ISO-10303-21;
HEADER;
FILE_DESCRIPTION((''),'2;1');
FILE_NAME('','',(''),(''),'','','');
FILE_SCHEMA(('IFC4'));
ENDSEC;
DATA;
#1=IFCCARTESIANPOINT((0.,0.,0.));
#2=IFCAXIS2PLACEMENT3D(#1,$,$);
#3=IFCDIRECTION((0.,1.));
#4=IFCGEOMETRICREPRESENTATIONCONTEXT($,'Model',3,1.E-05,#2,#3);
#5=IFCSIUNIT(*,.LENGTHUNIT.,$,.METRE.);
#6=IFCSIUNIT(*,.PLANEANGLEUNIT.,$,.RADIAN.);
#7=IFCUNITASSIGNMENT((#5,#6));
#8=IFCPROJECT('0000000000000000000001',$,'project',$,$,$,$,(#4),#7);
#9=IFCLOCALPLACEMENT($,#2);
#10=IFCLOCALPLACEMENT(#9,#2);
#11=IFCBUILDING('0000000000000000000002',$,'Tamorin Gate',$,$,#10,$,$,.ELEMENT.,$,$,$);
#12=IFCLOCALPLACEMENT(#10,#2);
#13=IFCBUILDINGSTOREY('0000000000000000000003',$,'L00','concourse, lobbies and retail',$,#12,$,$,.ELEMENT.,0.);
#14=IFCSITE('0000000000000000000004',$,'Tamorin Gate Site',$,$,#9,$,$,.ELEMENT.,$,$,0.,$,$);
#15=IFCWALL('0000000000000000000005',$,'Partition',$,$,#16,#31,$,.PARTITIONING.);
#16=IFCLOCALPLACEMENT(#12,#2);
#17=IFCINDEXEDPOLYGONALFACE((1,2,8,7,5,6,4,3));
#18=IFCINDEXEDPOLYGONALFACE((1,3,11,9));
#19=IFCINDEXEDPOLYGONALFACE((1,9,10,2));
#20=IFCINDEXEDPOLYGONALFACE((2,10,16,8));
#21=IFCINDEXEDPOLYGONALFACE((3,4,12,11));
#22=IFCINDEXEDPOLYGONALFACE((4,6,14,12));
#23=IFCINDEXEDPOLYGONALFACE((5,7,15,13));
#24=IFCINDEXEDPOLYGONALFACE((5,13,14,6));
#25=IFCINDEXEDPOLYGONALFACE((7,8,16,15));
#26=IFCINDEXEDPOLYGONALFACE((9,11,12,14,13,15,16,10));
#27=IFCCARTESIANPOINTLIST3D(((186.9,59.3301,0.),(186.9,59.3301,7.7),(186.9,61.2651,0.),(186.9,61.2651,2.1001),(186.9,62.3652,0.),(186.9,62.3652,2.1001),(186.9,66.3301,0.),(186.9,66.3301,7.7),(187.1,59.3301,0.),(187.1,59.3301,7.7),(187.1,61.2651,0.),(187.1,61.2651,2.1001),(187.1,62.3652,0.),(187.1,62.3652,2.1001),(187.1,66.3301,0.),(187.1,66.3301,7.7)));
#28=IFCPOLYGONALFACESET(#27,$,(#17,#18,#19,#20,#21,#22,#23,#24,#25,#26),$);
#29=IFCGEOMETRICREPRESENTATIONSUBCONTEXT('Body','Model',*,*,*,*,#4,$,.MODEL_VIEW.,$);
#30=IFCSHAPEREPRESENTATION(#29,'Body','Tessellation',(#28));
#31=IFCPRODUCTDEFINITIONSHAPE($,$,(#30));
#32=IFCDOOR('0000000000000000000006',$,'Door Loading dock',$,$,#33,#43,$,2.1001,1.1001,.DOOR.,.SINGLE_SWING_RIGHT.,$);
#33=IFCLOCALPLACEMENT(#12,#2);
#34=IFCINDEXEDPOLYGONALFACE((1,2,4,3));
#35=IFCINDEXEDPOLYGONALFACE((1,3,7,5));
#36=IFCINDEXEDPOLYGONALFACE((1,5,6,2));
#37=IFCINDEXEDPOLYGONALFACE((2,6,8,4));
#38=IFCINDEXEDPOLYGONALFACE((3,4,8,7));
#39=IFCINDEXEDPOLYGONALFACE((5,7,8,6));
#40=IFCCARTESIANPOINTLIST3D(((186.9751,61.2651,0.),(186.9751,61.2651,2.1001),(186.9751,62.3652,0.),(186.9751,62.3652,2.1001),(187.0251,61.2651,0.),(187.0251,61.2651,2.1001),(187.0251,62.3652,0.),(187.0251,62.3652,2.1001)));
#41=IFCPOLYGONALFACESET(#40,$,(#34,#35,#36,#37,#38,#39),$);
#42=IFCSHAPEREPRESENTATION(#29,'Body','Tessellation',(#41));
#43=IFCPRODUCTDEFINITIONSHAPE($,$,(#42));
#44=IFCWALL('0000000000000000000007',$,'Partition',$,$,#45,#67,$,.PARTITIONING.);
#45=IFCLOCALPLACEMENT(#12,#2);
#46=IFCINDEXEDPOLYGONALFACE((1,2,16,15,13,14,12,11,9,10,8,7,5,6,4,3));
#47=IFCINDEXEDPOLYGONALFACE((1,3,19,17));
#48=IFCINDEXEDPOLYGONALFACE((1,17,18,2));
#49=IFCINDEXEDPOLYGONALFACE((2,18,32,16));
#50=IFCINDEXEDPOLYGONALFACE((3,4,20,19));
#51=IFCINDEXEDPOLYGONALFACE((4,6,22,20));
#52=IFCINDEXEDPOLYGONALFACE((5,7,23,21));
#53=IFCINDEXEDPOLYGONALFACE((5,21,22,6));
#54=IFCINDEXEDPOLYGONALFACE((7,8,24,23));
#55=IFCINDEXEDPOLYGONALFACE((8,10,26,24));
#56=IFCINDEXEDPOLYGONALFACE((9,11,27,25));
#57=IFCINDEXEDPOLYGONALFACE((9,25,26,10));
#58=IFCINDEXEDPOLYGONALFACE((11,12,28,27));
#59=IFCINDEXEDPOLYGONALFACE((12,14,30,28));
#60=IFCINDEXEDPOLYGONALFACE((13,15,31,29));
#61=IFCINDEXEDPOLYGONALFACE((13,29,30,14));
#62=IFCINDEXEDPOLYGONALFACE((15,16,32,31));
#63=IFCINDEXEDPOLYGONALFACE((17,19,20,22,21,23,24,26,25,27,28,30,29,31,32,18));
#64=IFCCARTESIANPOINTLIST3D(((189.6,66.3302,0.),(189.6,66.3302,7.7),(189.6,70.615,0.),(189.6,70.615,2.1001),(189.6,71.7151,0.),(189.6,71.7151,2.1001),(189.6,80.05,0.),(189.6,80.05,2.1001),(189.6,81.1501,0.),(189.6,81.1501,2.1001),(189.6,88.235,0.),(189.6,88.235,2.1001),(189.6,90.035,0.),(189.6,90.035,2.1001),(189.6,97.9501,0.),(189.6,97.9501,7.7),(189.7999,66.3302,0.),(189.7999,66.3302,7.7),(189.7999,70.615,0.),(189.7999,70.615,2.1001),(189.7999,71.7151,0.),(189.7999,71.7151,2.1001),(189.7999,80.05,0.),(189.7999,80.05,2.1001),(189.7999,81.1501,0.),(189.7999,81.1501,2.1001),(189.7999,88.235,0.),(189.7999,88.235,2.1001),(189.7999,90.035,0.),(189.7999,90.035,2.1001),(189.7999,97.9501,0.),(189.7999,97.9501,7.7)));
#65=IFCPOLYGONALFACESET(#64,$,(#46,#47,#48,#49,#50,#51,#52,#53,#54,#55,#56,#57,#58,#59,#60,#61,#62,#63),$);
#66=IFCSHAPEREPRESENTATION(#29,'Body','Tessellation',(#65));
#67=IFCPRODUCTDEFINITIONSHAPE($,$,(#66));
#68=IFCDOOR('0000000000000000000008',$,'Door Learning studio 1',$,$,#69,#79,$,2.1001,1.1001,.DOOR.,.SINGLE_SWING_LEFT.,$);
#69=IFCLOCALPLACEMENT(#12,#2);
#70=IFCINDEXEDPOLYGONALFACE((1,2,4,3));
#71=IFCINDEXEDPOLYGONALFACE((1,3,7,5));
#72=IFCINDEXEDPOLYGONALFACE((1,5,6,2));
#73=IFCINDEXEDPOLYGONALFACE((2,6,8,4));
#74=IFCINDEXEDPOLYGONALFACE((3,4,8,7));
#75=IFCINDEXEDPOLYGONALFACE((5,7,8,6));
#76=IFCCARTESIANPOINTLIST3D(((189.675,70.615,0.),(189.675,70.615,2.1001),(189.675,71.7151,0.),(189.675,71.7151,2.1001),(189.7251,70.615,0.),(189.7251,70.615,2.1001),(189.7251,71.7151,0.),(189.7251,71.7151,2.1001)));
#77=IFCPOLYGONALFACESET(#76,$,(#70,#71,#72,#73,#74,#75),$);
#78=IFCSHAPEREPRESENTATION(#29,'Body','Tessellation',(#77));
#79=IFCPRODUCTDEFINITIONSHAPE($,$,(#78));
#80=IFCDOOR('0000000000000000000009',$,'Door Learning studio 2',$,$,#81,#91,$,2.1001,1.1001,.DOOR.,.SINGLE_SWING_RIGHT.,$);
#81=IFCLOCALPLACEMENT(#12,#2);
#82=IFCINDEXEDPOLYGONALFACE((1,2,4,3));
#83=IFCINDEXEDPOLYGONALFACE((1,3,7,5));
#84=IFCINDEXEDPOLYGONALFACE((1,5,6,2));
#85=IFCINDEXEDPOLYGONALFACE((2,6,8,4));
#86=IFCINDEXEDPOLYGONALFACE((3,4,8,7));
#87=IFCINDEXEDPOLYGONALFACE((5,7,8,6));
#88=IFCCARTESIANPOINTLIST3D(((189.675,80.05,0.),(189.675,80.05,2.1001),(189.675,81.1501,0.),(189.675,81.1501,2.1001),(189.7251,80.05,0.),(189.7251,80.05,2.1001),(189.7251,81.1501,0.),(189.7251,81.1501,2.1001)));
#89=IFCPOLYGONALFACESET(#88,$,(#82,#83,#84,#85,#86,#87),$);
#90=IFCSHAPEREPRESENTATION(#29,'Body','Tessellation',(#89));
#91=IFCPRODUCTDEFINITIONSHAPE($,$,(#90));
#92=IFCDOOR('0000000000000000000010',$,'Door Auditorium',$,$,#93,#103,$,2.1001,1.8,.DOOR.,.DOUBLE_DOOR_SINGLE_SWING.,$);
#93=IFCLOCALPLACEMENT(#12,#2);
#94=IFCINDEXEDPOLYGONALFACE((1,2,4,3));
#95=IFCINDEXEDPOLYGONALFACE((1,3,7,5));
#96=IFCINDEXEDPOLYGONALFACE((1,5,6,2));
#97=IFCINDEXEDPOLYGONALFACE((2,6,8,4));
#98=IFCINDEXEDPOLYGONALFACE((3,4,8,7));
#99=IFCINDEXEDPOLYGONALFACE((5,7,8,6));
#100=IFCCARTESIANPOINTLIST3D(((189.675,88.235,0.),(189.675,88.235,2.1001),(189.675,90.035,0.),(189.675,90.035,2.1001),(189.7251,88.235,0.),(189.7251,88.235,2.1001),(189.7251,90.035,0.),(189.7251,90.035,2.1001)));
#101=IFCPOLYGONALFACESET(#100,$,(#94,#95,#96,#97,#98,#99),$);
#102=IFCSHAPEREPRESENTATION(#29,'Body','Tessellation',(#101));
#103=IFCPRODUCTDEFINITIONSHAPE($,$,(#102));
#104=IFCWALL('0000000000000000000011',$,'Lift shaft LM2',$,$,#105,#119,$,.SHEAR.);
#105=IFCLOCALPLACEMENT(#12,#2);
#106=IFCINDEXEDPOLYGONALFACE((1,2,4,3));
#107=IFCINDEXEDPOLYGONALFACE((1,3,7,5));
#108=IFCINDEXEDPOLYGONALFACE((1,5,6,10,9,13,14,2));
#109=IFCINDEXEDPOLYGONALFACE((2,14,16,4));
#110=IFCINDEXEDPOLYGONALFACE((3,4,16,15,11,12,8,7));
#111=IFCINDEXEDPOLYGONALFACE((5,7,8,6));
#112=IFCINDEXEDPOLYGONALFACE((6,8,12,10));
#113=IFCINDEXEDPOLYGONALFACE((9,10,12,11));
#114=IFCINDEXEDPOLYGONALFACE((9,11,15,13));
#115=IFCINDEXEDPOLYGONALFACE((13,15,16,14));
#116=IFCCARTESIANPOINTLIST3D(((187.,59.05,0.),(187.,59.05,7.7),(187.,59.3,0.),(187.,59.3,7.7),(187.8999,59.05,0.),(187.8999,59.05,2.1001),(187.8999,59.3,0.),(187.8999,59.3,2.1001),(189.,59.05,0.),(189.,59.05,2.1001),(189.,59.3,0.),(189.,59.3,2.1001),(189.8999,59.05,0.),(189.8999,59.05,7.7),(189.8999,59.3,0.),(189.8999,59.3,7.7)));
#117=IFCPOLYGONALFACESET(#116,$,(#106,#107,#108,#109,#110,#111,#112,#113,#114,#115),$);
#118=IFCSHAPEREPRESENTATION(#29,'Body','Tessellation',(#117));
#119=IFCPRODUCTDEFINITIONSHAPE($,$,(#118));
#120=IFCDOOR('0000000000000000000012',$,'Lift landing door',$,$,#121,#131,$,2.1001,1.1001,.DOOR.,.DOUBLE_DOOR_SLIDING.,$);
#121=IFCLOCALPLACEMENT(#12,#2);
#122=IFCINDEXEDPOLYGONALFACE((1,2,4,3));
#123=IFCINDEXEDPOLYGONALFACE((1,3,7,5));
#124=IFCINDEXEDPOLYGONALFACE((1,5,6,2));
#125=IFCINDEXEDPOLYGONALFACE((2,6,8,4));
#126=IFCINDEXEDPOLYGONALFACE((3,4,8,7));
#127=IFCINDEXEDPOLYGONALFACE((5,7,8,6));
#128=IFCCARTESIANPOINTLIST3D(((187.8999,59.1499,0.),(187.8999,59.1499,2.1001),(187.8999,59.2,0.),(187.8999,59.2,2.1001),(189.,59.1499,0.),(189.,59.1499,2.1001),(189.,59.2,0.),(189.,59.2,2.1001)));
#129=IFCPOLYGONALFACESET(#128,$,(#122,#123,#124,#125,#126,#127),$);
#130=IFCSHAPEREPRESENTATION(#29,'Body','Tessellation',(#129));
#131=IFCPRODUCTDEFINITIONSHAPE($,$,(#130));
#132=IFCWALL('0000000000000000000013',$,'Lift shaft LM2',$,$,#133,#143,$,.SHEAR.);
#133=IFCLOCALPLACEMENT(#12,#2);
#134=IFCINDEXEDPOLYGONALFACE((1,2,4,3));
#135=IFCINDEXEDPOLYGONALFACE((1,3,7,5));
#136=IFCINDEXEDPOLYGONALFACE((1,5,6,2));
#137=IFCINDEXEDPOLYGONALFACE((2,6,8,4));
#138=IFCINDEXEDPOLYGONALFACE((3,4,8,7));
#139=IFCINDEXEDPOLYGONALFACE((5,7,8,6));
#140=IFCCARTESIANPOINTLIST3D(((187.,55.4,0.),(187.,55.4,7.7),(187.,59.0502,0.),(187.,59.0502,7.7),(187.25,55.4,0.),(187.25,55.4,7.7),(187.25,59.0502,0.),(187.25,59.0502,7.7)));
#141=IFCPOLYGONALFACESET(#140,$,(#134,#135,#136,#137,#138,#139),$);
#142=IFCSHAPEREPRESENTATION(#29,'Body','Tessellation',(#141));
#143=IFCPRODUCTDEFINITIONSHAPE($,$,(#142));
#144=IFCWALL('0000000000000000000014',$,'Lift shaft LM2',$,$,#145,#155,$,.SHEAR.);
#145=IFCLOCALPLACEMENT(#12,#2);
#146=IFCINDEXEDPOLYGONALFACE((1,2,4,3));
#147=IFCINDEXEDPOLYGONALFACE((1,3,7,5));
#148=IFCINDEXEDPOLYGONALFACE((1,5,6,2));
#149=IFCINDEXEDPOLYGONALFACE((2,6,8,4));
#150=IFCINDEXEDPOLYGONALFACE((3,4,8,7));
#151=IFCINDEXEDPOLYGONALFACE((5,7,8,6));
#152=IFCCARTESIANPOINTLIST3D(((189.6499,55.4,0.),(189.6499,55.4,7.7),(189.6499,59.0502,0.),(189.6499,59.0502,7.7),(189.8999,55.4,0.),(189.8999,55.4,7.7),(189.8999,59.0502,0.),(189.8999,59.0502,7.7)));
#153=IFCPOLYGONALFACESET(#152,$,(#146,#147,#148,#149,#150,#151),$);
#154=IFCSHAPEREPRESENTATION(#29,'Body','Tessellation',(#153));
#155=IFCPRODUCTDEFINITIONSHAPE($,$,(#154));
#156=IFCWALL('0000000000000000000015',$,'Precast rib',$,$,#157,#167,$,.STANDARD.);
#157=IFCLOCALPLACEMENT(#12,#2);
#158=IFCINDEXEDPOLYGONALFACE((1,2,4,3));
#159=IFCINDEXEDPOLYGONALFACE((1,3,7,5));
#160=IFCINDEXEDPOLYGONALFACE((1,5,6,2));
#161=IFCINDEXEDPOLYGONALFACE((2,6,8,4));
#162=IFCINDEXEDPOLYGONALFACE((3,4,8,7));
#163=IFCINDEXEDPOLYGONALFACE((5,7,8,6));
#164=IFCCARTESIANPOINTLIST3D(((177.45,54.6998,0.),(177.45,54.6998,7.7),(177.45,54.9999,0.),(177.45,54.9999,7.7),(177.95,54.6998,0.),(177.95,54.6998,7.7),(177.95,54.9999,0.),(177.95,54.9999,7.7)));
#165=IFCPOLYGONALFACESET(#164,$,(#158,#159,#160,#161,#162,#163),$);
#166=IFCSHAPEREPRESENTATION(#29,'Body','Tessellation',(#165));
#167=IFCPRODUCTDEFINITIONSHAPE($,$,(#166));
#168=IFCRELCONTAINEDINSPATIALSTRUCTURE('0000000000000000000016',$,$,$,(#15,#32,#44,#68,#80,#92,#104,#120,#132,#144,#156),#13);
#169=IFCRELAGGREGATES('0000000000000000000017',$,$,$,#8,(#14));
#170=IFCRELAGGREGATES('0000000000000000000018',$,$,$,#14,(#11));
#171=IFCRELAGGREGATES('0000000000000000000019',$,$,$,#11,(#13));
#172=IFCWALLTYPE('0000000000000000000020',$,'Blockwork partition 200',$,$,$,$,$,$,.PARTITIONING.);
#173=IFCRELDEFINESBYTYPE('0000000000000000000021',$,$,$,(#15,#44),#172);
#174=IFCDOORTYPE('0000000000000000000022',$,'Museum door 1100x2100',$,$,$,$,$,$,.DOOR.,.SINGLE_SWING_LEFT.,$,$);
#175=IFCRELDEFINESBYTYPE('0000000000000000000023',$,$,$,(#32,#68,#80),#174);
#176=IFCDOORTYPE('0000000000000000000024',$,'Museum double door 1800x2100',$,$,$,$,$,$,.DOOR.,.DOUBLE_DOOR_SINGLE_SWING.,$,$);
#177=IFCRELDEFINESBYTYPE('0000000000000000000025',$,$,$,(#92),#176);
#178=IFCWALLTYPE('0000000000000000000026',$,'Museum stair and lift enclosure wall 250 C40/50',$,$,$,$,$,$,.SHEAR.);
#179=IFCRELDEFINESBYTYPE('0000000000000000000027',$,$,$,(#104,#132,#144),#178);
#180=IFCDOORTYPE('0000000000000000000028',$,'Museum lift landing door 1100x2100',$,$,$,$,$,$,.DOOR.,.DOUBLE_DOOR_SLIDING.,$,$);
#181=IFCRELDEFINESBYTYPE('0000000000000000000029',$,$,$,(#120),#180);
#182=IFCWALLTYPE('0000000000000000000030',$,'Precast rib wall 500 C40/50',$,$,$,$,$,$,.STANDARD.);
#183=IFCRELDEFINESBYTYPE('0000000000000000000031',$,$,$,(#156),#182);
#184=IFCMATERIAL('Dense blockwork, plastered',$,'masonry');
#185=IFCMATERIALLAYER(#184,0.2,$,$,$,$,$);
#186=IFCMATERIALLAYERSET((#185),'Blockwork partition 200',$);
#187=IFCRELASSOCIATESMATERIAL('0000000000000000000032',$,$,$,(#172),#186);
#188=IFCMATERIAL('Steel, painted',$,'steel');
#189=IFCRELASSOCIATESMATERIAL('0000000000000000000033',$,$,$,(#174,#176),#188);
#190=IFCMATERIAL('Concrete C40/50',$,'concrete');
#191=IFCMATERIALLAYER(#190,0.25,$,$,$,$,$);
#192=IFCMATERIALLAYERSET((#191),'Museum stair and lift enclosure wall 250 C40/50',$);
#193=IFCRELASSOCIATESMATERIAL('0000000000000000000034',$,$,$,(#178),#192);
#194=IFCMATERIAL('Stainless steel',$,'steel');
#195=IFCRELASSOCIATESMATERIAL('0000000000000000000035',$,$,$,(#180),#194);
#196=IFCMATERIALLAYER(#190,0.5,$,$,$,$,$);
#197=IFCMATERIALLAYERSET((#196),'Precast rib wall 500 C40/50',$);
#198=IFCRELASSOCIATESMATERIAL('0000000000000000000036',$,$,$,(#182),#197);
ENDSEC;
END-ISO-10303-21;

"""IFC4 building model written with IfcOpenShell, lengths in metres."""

from ifc_helpers import new_model, si_unit, direction, frame, frame_2d, origin, place, context, subcontext, project, spatial, rectangle, extrude, material, layer, layer_set, type_object, element, fill, save


model = new_model("IFC4")

# Units and contexts
model_context = context("Model", 3, precision=1e-05, world=origin(), true_north=direction((0.0, 1.0)))
body_context = subcontext(model_context, "Body", "Model", "MODEL_VIEW")
ifc_project = project(units=[si_unit("LENGTHUNIT", "METRE"), si_unit("PLANEANGLEUNIT", "RADIAN")], contexts=[model_context])

# Site, building, storey
site_placement = place(None, origin())
site = spatial("IfcSite", under=ifc_project, at=site_placement, Name="Tamorin Gate Site", CompositionType="ELEMENT", RefElevation=0.0)
building_placement = place(site_placement, origin())
building = spatial("IfcBuilding", under=site, at=building_placement, Name="Tamorin Gate", CompositionType="ELEMENT")
storey_placement = place(building_placement, origin())
storey = spatial("IfcBuildingStorey", under=building, at=storey_placement, Name="L00", Description="concourse, lobbies and retail", CompositionType="ELEMENT", Elevation=0.0)

# Shared definitions
ifc_material_1 = material(Name="Dense blockwork, plastered", Category="masonry")
ifc_layer_1 = layer(ifc_material_1, 0.2)
ifc_layer_set_1 = layer_set([ifc_layer_1], Name="Blockwork partition 200")
wall_type_1 = type_object("IfcWallType", Name="Blockwork partition 200", PredefinedType="PARTITIONING", material=ifc_layer_set_1)

# Shared definitions
ifc_material_2 = material(Name="Steel, painted", Category="steel")
door_type_1 = type_object("IfcDoorType", Name="Museum door 1100x2100", OperationType="SINGLE_SWING_LEFT", PredefinedType="DOOR", material=ifc_material_2)

# Wall, opening, door
wall_1_placement = place(storey_placement, frame((187.0, 59.3301, 0.0), z_axis=(0.0, 0.0, 1.0), x_axis=(0.0, 1.0, 0.0)))
wall_1 = element("IfcWall", 1, at=wall_1_placement, inside=storey, type_object=wall_type_1, Name="Partition", PredefinedType="PARTITIONING", context=body_context, shape_type="SweptSolid", body=[
    extrude(rectangle(XDim=7.0, YDim=0.2, at=frame_2d((3.5, 0.0))), origin(), (0.0, 0.0, 1.0), 7.7),
])
opening_1_placement = place(wall_1_placement, frame((1.9351, 0.0, 0.0)))
opening_1 = element("IfcOpeningElement", 2, at=opening_1_placement, cuts=wall_1, PredefinedType="OPENING", context=body_context, shape_type="SweptSolid", body=[
    extrude(rectangle(XDim=1.1001, YDim=2.1001, at=frame_2d((0.55, 1.05))), frame((0.0, 0.1099, 0.0), z_axis=(0.0, -1.0, 0.0), x_axis=(1.0, 0.0, 0.0)), (0.0, 0.0, 1.0), 0.22),
])
door_1_placement = place(opening_1_placement, origin())
door_1 = element("IfcDoor", 3, at=door_1_placement, inside=storey, type_object=door_type_1, Name="Door Loading dock", OperationType="SINGLE_SWING_RIGHT", OverallHeight=2.1001, OverallWidth=1.1001, PredefinedType="DOOR", context=body_context, shape_type="SweptSolid", body=[
    extrude(rectangle(XDim=1.1001, YDim=2.1001, at=frame_2d((0.55, 1.05))), frame((0.0, 0.0249, 0.0), z_axis=(0.0, -1.0, 0.0), x_axis=(1.0, 0.0, 0.0)), (0.0, 0.0, 1.0), 0.05),
])
fill(opening_1, door_1)

# Wall, openings, doors
wall_2_placement = place(storey_placement, frame((189.7, 66.3301, 0.0), z_axis=(0.0, 0.0, 1.0), x_axis=(0.0, 1.0, 0.0)))
wall_2 = element("IfcWall", 4, at=wall_2_placement, inside=storey, type_object=wall_type_1, Name="Partition", PredefinedType="PARTITIONING", context=body_context, shape_type="SweptSolid", body=[
    extrude(rectangle(XDim=31.6199, YDim=0.2, at=frame_2d((15.8101, 0.0))), origin(), (0.0, 0.0, 1.0), 7.7),
])
opening_2_placement = place(wall_2_placement, frame((4.2849, 0.0, 0.0)))
opening_2 = element("IfcOpeningElement", 5, at=opening_2_placement, cuts=wall_2, PredefinedType="OPENING", context=body_context, shape_type="SweptSolid", body=[
    extrude(rectangle(XDim=1.1001, YDim=2.1001, at=frame_2d((0.55, 1.05))), frame((0.0, 0.1099, 0.0), z_axis=(0.0, -1.0, 0.0), x_axis=(1.0, 0.0, 0.0)), (0.0, 0.0, 1.0), 0.22),
])
opening_3_placement = place(wall_2_placement, frame((13.72, 0.0, 0.0)))
opening_3 = element("IfcOpeningElement", 6, at=opening_3_placement, cuts=wall_2, PredefinedType="OPENING", context=body_context, shape_type="SweptSolid", body=[
    extrude(rectangle(XDim=1.1001, YDim=2.1001, at=frame_2d((0.55, 1.05))), frame((0.0, 0.1099, 0.0), z_axis=(0.0, -1.0, 0.0), x_axis=(1.0, 0.0, 0.0)), (0.0, 0.0, 1.0), 0.22),
])
opening_4_placement = place(wall_2_placement, frame((21.905, 0.0, 0.0)))
opening_4 = element("IfcOpeningElement", 7, at=opening_4_placement, cuts=wall_2, PredefinedType="OPENING", context=body_context, shape_type="SweptSolid", body=[
    extrude(rectangle(XDim=1.8, YDim=2.1001, at=frame_2d((0.8999, 1.05))), frame((0.0, 0.1099, 0.0), z_axis=(0.0, -1.0, 0.0), x_axis=(1.0, 0.0, 0.0)), (0.0, 0.0, 1.0), 0.22),
])
door_2_placement = place(opening_2_placement, origin())
door_2 = element("IfcDoor", 8, at=door_2_placement, inside=storey, type_object=door_type_1, Name="Door Learning studio 1", OperationType="SINGLE_SWING_LEFT", OverallHeight=2.1001, OverallWidth=1.1001, PredefinedType="DOOR", context=body_context, shape_type="SweptSolid", body=[
    extrude(rectangle(XDim=1.1001, YDim=2.1001, at=frame_2d((0.55, 1.05))), frame((0.0, 0.0249, 0.0), z_axis=(0.0, -1.0, 0.0), x_axis=(1.0, 0.0, 0.0)), (0.0, 0.0, 1.0), 0.05),
])
fill(opening_2, door_2)
door_3_placement = place(opening_3_placement, origin())
door_3 = element("IfcDoor", 9, at=door_3_placement, inside=storey, type_object=door_type_1, Name="Door Learning studio 2", OperationType="SINGLE_SWING_RIGHT", OverallHeight=2.1001, OverallWidth=1.1001, PredefinedType="DOOR", context=body_context, shape_type="SweptSolid", body=[
    extrude(rectangle(XDim=1.1001, YDim=2.1001, at=frame_2d((0.55, 1.05))), frame((0.0, 0.0249, 0.0), z_axis=(0.0, -1.0, 0.0), x_axis=(1.0, 0.0, 0.0)), (0.0, 0.0, 1.0), 0.05),
])
fill(opening_3, door_3)
door_type_2 = type_object("IfcDoorType", Name="Museum double door 1800x2100", OperationType="DOUBLE_DOOR_SINGLE_SWING", PredefinedType="DOOR", material=ifc_material_2)
door_4_placement = place(opening_4_placement, origin())
door_4 = element("IfcDoor", 10, at=door_4_placement, inside=storey, type_object=door_type_2, Name="Door Auditorium", OperationType="DOUBLE_DOOR_SINGLE_SWING", OverallHeight=2.1001, OverallWidth=1.8, PredefinedType="DOOR", context=body_context, shape_type="SweptSolid", body=[
    extrude(rectangle(XDim=1.8, YDim=2.1001, at=frame_2d((0.8999, 1.05))), frame((0.0, 0.0249, 0.0), z_axis=(0.0, -1.0, 0.0), x_axis=(1.0, 0.0, 0.0)), (0.0, 0.0, 1.0), 0.05),
])
fill(opening_4, door_4)

# Wall, opening, door
ifc_material_3 = material(Name="Concrete C40/50", Category="concrete")
ifc_layer_2 = layer(ifc_material_3, 0.25)
ifc_layer_set_2 = layer_set([ifc_layer_2], Name="Museum stair and lift enclosure wall 250 C40/50")
wall_type_2 = type_object("IfcWallType", Name="Museum stair and lift enclosure wall 250 C40/50", PredefinedType="SHEAR", material=ifc_layer_set_2)
wall_3_placement = place(storey_placement, frame((187.0, 59.175, 0.0), z_axis=(0.0, 0.0, 1.0), x_axis=(1.0, 0.0, 0.0)))
wall_3 = element("IfcWall", 11, at=wall_3_placement, inside=storey, type_object=wall_type_2, Name="Lift shaft LM2", PredefinedType="SHEAR", context=body_context, shape_type="SweptSolid", body=[
    extrude(rectangle(XDim=2.8999, YDim=0.25, at=frame_2d((1.45, 0.0))), origin(), (0.0, 0.0, 1.0), 7.7),
])
opening_5_placement = place(wall_3_placement, frame((0.8999, 0.0, 0.0)))
opening_5 = element("IfcOpeningElement", 12, at=opening_5_placement, cuts=wall_3, PredefinedType="OPENING", context=body_context, shape_type="SweptSolid", body=[
    extrude(rectangle(XDim=1.1001, YDim=2.1001, at=frame_2d((0.55, 1.05))), frame((0.0, 0.135, 0.0), z_axis=(0.0, -1.0, 0.0), x_axis=(1.0, 0.0, 0.0)), (0.0, 0.0, 1.0), 0.27),
])
ifc_material_4 = material(Name="Stainless steel", Category="steel")
door_type_3 = type_object("IfcDoorType", Name="Museum lift landing door 1100x2100", OperationType="DOUBLE_DOOR_SLIDING", PredefinedType="DOOR", material=ifc_material_4)
door_5_placement = place(opening_5_placement, origin())
door_5 = element("IfcDoor", 13, at=door_5_placement, inside=storey, type_object=door_type_3, Name="Lift landing door", OperationType="DOUBLE_DOOR_SLIDING", OverallHeight=2.1001, OverallWidth=1.1001, PredefinedType="DOOR", context=body_context, shape_type="SweptSolid", body=[
    extrude(rectangle(XDim=1.1001, YDim=2.1001, at=frame_2d((0.55, 1.05))), frame((0.0, 0.0249, 0.0), z_axis=(0.0, -1.0, 0.0), x_axis=(1.0, 0.0, 0.0)), (0.0, 0.0, 1.0), 0.05),
])
fill(opening_5, door_5)

# Walls
for number, where, z_axis, x_axis, name in (
    (14, (187.125, 55.3999, 0.0), (0.0, 0.0, 1.0), (0.0, 1.0, 0.0), "Lift shaft LM2"),
    (15, (189.7749, 55.3999, 0.0), (0.0, 0.0, 1.0), (0.0, 1.0, 0.0), "Lift shaft LM2"),
):
    element("IfcWall", number, at=place(storey_placement, frame(where, z_axis=z_axis, x_axis=x_axis)), inside=storey, type_object=wall_type_2, Name=name, PredefinedType="SHEAR", context=body_context, shape_type="SweptSolid", body=[
        extrude(rectangle(XDim=3.6501, YDim=0.25, at=frame_2d((1.8252, 0.0))), origin(), (0.0, 0.0, 1.0), 7.7),
    ])
ifc_layer_3 = layer(ifc_material_3, 0.5)
ifc_layer_set_3 = layer_set([ifc_layer_3], Name="Precast rib wall 500 C40/50")
wall_type_3 = type_object("IfcWallType", Name="Precast rib wall 500 C40/50", PredefinedType="STANDARD", material=ifc_layer_set_3)
for number, where, z_axis, x_axis, name in (
    (16, (177.7, 54.7, 0.0), (0.0, 0.0, 1.0), (0.0, 1.0, 0.0), "Precast rib"),
):
    element("IfcWall", number, at=place(storey_placement, frame(where, z_axis=z_axis, x_axis=x_axis)), inside=storey, type_object=wall_type_3, Name=name, PredefinedType="STANDARD", context=body_context, shape_type="SweptSolid", body=[
        extrude(rectangle(XDim=0.3, YDim=0.5, at=frame_2d((0.1499, 0.0))), origin(), (0.0, 0.0, 1.0), 7.7),
    ])

save(model, "model.ifc")
